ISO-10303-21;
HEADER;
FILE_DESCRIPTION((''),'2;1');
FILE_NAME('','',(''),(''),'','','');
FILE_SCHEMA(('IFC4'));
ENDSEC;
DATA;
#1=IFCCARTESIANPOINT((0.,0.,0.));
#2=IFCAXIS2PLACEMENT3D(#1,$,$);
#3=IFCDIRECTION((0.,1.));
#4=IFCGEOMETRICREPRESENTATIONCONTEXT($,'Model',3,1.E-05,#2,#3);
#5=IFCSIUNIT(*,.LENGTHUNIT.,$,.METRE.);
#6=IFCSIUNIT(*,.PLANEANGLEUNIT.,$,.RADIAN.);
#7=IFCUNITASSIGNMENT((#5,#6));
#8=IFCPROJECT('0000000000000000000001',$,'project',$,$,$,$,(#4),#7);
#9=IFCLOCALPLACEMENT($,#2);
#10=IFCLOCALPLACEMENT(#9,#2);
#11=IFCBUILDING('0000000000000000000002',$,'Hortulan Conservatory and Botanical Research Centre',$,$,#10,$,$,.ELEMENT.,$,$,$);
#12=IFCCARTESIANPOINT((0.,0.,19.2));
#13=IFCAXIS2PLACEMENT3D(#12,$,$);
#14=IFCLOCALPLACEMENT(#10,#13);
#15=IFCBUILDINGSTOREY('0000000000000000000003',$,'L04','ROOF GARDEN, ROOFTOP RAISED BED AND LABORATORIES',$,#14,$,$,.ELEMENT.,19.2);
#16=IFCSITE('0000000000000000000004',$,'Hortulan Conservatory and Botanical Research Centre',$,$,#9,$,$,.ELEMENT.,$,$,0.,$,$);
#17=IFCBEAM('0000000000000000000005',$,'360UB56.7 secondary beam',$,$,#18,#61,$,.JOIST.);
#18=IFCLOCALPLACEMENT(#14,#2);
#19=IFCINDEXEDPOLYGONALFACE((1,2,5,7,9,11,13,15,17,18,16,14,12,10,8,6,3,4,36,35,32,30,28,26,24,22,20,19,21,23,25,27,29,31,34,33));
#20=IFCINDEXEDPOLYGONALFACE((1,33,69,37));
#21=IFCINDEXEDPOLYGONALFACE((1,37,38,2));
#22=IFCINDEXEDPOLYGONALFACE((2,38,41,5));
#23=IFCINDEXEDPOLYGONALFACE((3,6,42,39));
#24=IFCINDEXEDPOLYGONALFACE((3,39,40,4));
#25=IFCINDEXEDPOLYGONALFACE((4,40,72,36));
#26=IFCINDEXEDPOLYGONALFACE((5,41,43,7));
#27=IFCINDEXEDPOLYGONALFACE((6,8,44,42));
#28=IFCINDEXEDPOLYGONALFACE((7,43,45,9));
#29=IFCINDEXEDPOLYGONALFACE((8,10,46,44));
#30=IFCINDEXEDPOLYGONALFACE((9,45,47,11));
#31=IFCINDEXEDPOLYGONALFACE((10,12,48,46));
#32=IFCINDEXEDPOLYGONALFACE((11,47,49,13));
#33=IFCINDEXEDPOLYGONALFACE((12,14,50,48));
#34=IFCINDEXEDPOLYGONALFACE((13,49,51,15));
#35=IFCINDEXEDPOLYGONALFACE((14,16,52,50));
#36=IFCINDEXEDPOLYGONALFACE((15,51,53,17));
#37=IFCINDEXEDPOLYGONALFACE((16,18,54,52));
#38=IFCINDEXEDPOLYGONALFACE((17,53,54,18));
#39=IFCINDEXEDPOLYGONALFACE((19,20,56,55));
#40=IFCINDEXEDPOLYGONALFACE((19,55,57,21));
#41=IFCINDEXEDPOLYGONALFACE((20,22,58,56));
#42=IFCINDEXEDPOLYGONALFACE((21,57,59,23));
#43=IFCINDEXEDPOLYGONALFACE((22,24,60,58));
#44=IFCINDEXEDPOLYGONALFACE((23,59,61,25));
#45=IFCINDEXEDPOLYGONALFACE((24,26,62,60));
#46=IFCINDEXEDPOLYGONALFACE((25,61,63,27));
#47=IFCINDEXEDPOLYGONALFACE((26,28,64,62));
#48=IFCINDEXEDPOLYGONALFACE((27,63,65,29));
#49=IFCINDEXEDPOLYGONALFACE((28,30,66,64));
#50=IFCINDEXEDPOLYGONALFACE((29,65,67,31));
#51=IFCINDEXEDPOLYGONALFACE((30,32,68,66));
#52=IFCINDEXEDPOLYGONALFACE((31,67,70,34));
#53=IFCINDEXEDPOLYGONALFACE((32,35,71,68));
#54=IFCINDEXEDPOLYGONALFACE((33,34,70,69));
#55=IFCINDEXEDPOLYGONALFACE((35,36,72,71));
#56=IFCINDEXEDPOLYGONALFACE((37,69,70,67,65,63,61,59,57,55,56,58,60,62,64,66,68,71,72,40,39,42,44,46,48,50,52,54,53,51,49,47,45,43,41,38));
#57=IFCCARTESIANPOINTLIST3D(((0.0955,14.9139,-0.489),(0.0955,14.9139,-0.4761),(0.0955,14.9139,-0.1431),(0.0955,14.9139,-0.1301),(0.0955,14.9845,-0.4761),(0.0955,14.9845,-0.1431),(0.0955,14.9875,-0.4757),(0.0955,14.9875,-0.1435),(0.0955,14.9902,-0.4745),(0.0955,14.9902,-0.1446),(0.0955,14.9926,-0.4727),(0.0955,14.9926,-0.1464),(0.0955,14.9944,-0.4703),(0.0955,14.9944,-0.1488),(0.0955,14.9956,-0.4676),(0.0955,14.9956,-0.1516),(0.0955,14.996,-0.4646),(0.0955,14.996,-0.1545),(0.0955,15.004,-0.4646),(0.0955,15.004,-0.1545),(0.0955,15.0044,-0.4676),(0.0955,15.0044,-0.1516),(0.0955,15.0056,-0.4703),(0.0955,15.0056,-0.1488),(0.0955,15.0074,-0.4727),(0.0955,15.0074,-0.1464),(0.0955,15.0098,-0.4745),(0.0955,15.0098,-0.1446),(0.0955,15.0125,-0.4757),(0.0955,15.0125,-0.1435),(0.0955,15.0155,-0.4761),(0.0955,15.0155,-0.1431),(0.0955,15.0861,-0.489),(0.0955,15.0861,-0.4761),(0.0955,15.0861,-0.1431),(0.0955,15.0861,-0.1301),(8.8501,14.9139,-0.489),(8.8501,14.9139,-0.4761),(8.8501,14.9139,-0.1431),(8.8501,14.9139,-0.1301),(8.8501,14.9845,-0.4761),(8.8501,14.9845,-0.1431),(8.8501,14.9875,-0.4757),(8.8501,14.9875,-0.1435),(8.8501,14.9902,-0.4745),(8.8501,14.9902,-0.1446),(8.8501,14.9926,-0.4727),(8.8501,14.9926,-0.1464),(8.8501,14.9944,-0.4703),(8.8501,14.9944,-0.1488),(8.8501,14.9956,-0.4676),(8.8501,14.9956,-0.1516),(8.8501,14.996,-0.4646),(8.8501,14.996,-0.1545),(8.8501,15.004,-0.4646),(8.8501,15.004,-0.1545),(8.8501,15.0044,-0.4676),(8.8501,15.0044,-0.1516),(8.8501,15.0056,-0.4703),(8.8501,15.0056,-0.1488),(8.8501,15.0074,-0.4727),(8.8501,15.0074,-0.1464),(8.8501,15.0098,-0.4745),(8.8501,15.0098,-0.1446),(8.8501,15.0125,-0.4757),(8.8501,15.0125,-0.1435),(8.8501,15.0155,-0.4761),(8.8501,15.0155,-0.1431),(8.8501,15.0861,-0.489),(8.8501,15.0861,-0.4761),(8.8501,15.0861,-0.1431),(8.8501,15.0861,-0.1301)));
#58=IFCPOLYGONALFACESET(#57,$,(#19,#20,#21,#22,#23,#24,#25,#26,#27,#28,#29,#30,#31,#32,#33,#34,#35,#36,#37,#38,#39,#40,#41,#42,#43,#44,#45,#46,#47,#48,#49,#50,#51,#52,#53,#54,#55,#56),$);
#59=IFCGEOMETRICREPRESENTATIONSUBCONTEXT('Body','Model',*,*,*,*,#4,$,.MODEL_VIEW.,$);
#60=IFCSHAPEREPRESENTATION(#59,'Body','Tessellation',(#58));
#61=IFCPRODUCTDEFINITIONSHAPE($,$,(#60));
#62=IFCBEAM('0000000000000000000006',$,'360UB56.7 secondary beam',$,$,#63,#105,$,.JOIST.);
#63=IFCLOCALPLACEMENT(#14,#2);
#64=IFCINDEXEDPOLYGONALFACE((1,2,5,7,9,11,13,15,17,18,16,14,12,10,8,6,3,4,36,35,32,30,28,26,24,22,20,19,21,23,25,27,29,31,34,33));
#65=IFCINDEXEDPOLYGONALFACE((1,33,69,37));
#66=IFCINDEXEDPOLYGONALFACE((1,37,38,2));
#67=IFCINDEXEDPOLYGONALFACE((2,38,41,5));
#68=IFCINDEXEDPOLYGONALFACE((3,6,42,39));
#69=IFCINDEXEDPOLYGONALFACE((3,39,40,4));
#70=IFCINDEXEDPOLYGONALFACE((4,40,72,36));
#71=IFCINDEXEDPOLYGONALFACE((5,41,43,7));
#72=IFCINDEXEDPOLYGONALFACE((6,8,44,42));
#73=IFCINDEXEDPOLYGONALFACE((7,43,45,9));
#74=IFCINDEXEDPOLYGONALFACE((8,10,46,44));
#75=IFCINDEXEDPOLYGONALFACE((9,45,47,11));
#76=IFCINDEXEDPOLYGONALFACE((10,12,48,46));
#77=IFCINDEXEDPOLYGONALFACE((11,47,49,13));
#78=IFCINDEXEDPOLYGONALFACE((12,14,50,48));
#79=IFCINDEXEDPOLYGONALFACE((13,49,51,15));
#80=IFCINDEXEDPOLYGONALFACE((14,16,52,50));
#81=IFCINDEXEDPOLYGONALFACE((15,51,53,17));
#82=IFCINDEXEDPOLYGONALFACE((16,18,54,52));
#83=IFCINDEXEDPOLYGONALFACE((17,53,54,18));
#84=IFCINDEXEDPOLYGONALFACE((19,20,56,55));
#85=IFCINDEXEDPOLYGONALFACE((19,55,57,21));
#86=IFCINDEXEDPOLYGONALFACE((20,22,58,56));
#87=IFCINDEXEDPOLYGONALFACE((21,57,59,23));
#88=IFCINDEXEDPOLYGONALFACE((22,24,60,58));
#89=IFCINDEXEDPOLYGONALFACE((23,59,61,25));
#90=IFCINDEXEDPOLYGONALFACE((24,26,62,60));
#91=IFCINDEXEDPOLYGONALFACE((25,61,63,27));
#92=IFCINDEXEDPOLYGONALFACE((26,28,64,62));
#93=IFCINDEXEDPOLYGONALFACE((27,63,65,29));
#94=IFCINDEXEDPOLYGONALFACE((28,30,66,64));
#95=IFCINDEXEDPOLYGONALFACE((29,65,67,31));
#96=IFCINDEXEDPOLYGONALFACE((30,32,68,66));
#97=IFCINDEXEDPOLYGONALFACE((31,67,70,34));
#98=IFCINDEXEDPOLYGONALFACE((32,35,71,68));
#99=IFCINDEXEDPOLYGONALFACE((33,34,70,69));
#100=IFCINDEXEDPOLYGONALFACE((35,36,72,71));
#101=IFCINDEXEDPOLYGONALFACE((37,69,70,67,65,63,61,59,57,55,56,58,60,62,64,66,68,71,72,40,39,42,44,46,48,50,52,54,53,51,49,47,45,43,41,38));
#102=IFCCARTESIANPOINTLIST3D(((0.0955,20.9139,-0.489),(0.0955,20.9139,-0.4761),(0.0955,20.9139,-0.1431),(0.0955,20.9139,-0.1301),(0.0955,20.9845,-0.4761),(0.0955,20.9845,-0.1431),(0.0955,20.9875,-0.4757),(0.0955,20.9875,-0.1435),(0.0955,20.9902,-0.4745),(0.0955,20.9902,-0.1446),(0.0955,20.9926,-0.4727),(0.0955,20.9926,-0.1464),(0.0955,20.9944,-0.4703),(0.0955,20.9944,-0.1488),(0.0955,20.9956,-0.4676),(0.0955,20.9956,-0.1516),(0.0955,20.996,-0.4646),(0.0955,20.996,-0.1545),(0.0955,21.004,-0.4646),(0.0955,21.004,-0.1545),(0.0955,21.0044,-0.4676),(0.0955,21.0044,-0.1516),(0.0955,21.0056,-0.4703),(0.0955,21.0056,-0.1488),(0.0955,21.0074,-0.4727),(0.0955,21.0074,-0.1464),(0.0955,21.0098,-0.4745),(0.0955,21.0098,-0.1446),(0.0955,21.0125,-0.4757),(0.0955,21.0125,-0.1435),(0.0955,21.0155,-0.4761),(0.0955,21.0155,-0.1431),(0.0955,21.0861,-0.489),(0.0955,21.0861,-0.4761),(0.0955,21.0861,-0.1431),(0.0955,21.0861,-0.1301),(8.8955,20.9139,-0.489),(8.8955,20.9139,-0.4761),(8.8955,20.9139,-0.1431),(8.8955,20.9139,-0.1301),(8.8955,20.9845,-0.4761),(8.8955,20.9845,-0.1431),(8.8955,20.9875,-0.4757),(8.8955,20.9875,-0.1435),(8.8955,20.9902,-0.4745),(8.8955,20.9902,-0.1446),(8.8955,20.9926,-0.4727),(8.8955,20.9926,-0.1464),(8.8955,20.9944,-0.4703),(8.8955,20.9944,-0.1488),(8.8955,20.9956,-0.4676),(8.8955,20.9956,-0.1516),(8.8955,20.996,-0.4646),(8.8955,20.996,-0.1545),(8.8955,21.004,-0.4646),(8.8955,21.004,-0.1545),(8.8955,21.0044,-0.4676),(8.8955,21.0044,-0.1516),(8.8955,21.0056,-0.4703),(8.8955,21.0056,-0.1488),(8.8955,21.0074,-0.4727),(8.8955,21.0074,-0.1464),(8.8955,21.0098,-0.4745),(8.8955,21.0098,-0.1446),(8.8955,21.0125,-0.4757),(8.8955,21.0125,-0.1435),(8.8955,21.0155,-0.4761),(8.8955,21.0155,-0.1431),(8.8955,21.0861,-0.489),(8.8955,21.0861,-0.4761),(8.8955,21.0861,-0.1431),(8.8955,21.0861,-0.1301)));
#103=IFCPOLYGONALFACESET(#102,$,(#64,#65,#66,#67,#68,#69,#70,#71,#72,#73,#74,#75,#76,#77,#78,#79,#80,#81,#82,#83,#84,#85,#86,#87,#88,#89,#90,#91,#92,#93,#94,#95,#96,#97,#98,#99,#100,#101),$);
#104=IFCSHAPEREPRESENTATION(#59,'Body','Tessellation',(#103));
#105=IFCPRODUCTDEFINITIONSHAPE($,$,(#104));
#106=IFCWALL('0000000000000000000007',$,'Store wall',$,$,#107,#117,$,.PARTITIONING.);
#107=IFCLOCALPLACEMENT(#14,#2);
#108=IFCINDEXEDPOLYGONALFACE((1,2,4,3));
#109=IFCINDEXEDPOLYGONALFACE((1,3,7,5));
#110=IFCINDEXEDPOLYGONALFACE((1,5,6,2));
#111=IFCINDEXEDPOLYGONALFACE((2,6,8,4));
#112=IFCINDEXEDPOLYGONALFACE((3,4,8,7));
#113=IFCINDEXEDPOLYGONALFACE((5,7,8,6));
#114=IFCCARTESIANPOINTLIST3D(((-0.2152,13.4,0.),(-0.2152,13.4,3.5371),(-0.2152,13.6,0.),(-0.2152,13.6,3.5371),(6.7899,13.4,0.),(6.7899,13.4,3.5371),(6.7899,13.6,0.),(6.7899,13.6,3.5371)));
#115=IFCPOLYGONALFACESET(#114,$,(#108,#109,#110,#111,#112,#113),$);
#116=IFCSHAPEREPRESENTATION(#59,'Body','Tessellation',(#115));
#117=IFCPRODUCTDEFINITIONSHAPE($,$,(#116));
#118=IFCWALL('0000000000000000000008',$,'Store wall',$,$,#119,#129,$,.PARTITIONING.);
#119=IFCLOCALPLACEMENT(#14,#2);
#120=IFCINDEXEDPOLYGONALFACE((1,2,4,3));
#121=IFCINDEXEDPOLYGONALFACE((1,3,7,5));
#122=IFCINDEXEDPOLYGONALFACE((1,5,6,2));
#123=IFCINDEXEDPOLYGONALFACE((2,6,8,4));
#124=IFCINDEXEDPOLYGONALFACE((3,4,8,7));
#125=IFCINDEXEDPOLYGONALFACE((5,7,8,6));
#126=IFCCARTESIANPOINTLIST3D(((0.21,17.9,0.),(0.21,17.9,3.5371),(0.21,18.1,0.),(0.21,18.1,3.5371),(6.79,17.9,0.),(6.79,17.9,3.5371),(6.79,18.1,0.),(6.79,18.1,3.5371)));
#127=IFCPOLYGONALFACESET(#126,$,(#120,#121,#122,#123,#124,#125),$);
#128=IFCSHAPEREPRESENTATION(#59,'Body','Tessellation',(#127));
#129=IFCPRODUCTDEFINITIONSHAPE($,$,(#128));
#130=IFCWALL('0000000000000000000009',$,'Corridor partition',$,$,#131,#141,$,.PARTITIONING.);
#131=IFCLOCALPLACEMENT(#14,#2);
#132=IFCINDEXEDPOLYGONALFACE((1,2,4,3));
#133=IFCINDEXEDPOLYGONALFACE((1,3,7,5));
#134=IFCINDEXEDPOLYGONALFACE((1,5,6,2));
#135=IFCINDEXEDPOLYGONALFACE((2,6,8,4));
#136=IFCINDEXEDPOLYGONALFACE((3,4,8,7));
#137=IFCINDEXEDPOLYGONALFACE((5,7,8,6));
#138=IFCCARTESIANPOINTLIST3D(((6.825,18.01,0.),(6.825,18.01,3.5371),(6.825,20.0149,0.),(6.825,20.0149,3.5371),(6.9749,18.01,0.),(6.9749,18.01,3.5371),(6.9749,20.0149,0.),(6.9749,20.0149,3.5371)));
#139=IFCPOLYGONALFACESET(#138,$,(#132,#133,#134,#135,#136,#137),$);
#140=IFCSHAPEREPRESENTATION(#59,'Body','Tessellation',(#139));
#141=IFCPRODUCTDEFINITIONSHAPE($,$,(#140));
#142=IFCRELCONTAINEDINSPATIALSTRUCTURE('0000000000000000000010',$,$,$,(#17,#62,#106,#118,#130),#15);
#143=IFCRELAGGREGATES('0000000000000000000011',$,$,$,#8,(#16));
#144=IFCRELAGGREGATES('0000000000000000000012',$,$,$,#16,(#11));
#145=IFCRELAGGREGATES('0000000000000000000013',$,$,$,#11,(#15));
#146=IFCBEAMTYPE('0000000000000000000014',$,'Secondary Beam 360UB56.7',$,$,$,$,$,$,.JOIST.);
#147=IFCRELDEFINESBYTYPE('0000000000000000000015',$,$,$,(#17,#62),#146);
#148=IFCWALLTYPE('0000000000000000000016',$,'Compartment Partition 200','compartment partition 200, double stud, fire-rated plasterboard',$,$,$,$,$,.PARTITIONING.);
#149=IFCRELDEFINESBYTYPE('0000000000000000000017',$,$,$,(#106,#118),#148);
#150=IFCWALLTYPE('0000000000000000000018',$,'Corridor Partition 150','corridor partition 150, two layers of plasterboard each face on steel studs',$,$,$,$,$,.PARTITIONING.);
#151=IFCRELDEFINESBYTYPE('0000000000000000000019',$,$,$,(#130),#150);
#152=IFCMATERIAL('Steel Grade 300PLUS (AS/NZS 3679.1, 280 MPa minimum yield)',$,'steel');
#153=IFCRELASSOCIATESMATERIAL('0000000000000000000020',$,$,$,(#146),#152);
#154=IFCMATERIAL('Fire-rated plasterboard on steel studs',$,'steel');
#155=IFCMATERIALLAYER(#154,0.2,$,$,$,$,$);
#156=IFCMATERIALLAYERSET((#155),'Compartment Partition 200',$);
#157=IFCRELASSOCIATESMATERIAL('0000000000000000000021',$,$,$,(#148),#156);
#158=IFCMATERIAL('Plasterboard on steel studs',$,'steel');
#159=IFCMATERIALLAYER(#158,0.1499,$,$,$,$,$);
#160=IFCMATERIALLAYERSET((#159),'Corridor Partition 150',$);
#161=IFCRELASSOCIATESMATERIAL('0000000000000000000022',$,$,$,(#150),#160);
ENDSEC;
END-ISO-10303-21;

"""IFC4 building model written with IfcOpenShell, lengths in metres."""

from ifc_helpers import new_model, si_unit, direction, frame, frame_2d, origin, origin_2d, place, context, subcontext, project, spatial, rectangle, i_section, extrude, material, layer, layer_set, material_profile, profile_set, type_object, element, save


model = new_model("IFC4")

# Units and contexts
model_context = context("Model", 3, precision=1e-05, world=origin(), true_north=direction((0.0, 1.0)))
body_context = subcontext(model_context, "Body", "Model", "MODEL_VIEW")
ifc_project = project(units=[si_unit("LENGTHUNIT", "METRE"), si_unit("PLANEANGLEUNIT", "RADIAN")], contexts=[model_context])

# Site, building, storey
site_placement = place(None, origin())
site = spatial("IfcSite", under=ifc_project, at=site_placement, Name="Hortulan Conservatory and Botanical Research Centre", CompositionType="ELEMENT", RefElevation=0.0)
building_placement = place(site_placement, origin())
building = spatial("IfcBuilding", under=site, at=building_placement, Name="Hortulan Conservatory and Botanical Research Centre", CompositionType="ELEMENT")
storey_placement = place(building_placement, frame((0.0, 0.0, 19.2)))
storey = spatial("IfcBuildingStorey", under=building, at=storey_placement, Name="L04", Description="ROOF GARDEN, ROOFTOP RAISED BED AND LABORATORIES", CompositionType="ELEMENT", Elevation=19.2)

# Beams
ifc_material_1 = material(Name="Steel Grade 300PLUS (AS/NZS 3679.1, 280 MPa minimum yield)", Category="steel")
ifc_material_profile_1 = material_profile(ifc_material_1, i_section(OverallWidth=0.1721, OverallDepth=0.3589, WebThickness=0.0081, FlangeThickness=0.0129, FilletRadius=0.0115, at=origin_2d()), Name="360UB56.7")
ifc_profile_set_1 = profile_set([ifc_material_profile_1], Name="Steel Grade 300PLUS (AS/NZS 3679.1, 280 MPa minimum yield)")
beam_type_1 = type_object("IfcBeamType", Name="Secondary Beam 360UB56.7", PredefinedType="JOIST", material=ifc_profile_set_1)
for number, where, z_axis, x_axis, name in (
    (1, (0.0955, 15.0, -0.3096), (1.0, 0.0, 0.0), (0.0, 1.0, 0.0), "360UB56.7 secondary beam"),
):
    element("IfcBeam", number, at=place(storey_placement, frame(where, z_axis=z_axis, x_axis=x_axis)), inside=storey, type_object=beam_type_1, Name=name, PredefinedType="JOIST", context=body_context, shape_type="SweptSolid", body=[
        extrude(i_section(OverallWidth=0.1721, OverallDepth=0.3589, WebThickness=0.0081, FlangeThickness=0.0129, FilletRadius=0.0115, at=origin_2d()), origin(), (0.0, 0.0, 1.0), 8.7546),
    ])
beam_1_placement = place(storey_placement, frame((0.0955, 21.0, -0.3096), z_axis=(1.0, 0.0, 0.0), x_axis=(0.0, 1.0, 0.0)))
element("IfcBeam", 2, at=beam_1_placement, inside=storey, type_object=beam_type_1, Name="360UB56.7 secondary beam", PredefinedType="JOIST", context=body_context, shape_type="SweptSolid", body=[
    extrude(i_section(OverallWidth=0.1721, OverallDepth=0.3589, WebThickness=0.0081, FlangeThickness=0.0129, FilletRadius=0.0115, at=origin_2d()), origin(), (0.0, 0.0, 1.0), 8.8),
])

# Walls
ifc_material_2 = material(Name="Fire-rated plasterboard on steel studs", Category="steel")
ifc_layer_1 = layer(ifc_material_2, 0.2)
ifc_layer_set_1 = layer_set([ifc_layer_1], Name="Compartment Partition 200")
wall_type_1 = type_object("IfcWallType", Name="Compartment Partition 200", Description="compartment partition 200, double stud, fire-rated plasterboard", PredefinedType="PARTITIONING", material=ifc_layer_set_1)
wall_1_placement = place(storey_placement, frame((-0.2151, 13.5, 0.0), z_axis=(0.0, 0.0, 1.0), x_axis=(1.0, 0.0, 0.0)))
element("IfcWall", 3, at=wall_1_placement, inside=storey, type_object=wall_type_1, Name="Store wall", PredefinedType="PARTITIONING", context=body_context, shape_type="SweptSolid", body=[
    extrude(rectangle(XDim=7.0051, YDim=0.2, at=frame_2d((3.5024, 0.0))), origin(), (0.0, 0.0, 1.0), 3.5371),
])
wall_2_placement = place(storey_placement, frame((0.21, 18.0, 0.0), z_axis=(0.0, 0.0, 1.0), x_axis=(1.0, 0.0, 0.0)))
element("IfcWall", 4, at=wall_2_placement, inside=storey, type_object=wall_type_1, Name="Store wall", PredefinedType="PARTITIONING", context=body_context, shape_type="SweptSolid", body=[
    extrude(rectangle(XDim=6.5801, YDim=0.2, at=frame_2d((3.29, 0.0))), origin(), (0.0, 0.0, 1.0), 3.5371),
])
ifc_material_3 = material(Name="Plasterboard on steel studs", Category="steel")
ifc_layer_2 = layer(ifc_material_3, 0.1499)
ifc_layer_set_2 = layer_set([ifc_layer_2], Name="Corridor Partition 150")
wall_type_2 = type_object("IfcWallType", Name="Corridor Partition 150", Description="corridor partition 150, two layers of plasterboard each face on steel studs", PredefinedType="PARTITIONING", material=ifc_layer_set_2)
wall_3_placement = place(storey_placement, frame((6.8999, 18.01, 0.0), z_axis=(0.0, 0.0, 1.0), x_axis=(0.0, 1.0, 0.0)))
element("IfcWall", 5, at=wall_3_placement, inside=storey, type_object=wall_type_2, Name="Corridor partition", PredefinedType="PARTITIONING", context=body_context, shape_type="SweptSolid", body=[
    extrude(rectangle(XDim=2.0049, YDim=0.1499, at=frame_2d((1.0024, 0.0))), origin(), (0.0, 0.0, 1.0), 3.5371),
])

save(model, "model.ifc")
